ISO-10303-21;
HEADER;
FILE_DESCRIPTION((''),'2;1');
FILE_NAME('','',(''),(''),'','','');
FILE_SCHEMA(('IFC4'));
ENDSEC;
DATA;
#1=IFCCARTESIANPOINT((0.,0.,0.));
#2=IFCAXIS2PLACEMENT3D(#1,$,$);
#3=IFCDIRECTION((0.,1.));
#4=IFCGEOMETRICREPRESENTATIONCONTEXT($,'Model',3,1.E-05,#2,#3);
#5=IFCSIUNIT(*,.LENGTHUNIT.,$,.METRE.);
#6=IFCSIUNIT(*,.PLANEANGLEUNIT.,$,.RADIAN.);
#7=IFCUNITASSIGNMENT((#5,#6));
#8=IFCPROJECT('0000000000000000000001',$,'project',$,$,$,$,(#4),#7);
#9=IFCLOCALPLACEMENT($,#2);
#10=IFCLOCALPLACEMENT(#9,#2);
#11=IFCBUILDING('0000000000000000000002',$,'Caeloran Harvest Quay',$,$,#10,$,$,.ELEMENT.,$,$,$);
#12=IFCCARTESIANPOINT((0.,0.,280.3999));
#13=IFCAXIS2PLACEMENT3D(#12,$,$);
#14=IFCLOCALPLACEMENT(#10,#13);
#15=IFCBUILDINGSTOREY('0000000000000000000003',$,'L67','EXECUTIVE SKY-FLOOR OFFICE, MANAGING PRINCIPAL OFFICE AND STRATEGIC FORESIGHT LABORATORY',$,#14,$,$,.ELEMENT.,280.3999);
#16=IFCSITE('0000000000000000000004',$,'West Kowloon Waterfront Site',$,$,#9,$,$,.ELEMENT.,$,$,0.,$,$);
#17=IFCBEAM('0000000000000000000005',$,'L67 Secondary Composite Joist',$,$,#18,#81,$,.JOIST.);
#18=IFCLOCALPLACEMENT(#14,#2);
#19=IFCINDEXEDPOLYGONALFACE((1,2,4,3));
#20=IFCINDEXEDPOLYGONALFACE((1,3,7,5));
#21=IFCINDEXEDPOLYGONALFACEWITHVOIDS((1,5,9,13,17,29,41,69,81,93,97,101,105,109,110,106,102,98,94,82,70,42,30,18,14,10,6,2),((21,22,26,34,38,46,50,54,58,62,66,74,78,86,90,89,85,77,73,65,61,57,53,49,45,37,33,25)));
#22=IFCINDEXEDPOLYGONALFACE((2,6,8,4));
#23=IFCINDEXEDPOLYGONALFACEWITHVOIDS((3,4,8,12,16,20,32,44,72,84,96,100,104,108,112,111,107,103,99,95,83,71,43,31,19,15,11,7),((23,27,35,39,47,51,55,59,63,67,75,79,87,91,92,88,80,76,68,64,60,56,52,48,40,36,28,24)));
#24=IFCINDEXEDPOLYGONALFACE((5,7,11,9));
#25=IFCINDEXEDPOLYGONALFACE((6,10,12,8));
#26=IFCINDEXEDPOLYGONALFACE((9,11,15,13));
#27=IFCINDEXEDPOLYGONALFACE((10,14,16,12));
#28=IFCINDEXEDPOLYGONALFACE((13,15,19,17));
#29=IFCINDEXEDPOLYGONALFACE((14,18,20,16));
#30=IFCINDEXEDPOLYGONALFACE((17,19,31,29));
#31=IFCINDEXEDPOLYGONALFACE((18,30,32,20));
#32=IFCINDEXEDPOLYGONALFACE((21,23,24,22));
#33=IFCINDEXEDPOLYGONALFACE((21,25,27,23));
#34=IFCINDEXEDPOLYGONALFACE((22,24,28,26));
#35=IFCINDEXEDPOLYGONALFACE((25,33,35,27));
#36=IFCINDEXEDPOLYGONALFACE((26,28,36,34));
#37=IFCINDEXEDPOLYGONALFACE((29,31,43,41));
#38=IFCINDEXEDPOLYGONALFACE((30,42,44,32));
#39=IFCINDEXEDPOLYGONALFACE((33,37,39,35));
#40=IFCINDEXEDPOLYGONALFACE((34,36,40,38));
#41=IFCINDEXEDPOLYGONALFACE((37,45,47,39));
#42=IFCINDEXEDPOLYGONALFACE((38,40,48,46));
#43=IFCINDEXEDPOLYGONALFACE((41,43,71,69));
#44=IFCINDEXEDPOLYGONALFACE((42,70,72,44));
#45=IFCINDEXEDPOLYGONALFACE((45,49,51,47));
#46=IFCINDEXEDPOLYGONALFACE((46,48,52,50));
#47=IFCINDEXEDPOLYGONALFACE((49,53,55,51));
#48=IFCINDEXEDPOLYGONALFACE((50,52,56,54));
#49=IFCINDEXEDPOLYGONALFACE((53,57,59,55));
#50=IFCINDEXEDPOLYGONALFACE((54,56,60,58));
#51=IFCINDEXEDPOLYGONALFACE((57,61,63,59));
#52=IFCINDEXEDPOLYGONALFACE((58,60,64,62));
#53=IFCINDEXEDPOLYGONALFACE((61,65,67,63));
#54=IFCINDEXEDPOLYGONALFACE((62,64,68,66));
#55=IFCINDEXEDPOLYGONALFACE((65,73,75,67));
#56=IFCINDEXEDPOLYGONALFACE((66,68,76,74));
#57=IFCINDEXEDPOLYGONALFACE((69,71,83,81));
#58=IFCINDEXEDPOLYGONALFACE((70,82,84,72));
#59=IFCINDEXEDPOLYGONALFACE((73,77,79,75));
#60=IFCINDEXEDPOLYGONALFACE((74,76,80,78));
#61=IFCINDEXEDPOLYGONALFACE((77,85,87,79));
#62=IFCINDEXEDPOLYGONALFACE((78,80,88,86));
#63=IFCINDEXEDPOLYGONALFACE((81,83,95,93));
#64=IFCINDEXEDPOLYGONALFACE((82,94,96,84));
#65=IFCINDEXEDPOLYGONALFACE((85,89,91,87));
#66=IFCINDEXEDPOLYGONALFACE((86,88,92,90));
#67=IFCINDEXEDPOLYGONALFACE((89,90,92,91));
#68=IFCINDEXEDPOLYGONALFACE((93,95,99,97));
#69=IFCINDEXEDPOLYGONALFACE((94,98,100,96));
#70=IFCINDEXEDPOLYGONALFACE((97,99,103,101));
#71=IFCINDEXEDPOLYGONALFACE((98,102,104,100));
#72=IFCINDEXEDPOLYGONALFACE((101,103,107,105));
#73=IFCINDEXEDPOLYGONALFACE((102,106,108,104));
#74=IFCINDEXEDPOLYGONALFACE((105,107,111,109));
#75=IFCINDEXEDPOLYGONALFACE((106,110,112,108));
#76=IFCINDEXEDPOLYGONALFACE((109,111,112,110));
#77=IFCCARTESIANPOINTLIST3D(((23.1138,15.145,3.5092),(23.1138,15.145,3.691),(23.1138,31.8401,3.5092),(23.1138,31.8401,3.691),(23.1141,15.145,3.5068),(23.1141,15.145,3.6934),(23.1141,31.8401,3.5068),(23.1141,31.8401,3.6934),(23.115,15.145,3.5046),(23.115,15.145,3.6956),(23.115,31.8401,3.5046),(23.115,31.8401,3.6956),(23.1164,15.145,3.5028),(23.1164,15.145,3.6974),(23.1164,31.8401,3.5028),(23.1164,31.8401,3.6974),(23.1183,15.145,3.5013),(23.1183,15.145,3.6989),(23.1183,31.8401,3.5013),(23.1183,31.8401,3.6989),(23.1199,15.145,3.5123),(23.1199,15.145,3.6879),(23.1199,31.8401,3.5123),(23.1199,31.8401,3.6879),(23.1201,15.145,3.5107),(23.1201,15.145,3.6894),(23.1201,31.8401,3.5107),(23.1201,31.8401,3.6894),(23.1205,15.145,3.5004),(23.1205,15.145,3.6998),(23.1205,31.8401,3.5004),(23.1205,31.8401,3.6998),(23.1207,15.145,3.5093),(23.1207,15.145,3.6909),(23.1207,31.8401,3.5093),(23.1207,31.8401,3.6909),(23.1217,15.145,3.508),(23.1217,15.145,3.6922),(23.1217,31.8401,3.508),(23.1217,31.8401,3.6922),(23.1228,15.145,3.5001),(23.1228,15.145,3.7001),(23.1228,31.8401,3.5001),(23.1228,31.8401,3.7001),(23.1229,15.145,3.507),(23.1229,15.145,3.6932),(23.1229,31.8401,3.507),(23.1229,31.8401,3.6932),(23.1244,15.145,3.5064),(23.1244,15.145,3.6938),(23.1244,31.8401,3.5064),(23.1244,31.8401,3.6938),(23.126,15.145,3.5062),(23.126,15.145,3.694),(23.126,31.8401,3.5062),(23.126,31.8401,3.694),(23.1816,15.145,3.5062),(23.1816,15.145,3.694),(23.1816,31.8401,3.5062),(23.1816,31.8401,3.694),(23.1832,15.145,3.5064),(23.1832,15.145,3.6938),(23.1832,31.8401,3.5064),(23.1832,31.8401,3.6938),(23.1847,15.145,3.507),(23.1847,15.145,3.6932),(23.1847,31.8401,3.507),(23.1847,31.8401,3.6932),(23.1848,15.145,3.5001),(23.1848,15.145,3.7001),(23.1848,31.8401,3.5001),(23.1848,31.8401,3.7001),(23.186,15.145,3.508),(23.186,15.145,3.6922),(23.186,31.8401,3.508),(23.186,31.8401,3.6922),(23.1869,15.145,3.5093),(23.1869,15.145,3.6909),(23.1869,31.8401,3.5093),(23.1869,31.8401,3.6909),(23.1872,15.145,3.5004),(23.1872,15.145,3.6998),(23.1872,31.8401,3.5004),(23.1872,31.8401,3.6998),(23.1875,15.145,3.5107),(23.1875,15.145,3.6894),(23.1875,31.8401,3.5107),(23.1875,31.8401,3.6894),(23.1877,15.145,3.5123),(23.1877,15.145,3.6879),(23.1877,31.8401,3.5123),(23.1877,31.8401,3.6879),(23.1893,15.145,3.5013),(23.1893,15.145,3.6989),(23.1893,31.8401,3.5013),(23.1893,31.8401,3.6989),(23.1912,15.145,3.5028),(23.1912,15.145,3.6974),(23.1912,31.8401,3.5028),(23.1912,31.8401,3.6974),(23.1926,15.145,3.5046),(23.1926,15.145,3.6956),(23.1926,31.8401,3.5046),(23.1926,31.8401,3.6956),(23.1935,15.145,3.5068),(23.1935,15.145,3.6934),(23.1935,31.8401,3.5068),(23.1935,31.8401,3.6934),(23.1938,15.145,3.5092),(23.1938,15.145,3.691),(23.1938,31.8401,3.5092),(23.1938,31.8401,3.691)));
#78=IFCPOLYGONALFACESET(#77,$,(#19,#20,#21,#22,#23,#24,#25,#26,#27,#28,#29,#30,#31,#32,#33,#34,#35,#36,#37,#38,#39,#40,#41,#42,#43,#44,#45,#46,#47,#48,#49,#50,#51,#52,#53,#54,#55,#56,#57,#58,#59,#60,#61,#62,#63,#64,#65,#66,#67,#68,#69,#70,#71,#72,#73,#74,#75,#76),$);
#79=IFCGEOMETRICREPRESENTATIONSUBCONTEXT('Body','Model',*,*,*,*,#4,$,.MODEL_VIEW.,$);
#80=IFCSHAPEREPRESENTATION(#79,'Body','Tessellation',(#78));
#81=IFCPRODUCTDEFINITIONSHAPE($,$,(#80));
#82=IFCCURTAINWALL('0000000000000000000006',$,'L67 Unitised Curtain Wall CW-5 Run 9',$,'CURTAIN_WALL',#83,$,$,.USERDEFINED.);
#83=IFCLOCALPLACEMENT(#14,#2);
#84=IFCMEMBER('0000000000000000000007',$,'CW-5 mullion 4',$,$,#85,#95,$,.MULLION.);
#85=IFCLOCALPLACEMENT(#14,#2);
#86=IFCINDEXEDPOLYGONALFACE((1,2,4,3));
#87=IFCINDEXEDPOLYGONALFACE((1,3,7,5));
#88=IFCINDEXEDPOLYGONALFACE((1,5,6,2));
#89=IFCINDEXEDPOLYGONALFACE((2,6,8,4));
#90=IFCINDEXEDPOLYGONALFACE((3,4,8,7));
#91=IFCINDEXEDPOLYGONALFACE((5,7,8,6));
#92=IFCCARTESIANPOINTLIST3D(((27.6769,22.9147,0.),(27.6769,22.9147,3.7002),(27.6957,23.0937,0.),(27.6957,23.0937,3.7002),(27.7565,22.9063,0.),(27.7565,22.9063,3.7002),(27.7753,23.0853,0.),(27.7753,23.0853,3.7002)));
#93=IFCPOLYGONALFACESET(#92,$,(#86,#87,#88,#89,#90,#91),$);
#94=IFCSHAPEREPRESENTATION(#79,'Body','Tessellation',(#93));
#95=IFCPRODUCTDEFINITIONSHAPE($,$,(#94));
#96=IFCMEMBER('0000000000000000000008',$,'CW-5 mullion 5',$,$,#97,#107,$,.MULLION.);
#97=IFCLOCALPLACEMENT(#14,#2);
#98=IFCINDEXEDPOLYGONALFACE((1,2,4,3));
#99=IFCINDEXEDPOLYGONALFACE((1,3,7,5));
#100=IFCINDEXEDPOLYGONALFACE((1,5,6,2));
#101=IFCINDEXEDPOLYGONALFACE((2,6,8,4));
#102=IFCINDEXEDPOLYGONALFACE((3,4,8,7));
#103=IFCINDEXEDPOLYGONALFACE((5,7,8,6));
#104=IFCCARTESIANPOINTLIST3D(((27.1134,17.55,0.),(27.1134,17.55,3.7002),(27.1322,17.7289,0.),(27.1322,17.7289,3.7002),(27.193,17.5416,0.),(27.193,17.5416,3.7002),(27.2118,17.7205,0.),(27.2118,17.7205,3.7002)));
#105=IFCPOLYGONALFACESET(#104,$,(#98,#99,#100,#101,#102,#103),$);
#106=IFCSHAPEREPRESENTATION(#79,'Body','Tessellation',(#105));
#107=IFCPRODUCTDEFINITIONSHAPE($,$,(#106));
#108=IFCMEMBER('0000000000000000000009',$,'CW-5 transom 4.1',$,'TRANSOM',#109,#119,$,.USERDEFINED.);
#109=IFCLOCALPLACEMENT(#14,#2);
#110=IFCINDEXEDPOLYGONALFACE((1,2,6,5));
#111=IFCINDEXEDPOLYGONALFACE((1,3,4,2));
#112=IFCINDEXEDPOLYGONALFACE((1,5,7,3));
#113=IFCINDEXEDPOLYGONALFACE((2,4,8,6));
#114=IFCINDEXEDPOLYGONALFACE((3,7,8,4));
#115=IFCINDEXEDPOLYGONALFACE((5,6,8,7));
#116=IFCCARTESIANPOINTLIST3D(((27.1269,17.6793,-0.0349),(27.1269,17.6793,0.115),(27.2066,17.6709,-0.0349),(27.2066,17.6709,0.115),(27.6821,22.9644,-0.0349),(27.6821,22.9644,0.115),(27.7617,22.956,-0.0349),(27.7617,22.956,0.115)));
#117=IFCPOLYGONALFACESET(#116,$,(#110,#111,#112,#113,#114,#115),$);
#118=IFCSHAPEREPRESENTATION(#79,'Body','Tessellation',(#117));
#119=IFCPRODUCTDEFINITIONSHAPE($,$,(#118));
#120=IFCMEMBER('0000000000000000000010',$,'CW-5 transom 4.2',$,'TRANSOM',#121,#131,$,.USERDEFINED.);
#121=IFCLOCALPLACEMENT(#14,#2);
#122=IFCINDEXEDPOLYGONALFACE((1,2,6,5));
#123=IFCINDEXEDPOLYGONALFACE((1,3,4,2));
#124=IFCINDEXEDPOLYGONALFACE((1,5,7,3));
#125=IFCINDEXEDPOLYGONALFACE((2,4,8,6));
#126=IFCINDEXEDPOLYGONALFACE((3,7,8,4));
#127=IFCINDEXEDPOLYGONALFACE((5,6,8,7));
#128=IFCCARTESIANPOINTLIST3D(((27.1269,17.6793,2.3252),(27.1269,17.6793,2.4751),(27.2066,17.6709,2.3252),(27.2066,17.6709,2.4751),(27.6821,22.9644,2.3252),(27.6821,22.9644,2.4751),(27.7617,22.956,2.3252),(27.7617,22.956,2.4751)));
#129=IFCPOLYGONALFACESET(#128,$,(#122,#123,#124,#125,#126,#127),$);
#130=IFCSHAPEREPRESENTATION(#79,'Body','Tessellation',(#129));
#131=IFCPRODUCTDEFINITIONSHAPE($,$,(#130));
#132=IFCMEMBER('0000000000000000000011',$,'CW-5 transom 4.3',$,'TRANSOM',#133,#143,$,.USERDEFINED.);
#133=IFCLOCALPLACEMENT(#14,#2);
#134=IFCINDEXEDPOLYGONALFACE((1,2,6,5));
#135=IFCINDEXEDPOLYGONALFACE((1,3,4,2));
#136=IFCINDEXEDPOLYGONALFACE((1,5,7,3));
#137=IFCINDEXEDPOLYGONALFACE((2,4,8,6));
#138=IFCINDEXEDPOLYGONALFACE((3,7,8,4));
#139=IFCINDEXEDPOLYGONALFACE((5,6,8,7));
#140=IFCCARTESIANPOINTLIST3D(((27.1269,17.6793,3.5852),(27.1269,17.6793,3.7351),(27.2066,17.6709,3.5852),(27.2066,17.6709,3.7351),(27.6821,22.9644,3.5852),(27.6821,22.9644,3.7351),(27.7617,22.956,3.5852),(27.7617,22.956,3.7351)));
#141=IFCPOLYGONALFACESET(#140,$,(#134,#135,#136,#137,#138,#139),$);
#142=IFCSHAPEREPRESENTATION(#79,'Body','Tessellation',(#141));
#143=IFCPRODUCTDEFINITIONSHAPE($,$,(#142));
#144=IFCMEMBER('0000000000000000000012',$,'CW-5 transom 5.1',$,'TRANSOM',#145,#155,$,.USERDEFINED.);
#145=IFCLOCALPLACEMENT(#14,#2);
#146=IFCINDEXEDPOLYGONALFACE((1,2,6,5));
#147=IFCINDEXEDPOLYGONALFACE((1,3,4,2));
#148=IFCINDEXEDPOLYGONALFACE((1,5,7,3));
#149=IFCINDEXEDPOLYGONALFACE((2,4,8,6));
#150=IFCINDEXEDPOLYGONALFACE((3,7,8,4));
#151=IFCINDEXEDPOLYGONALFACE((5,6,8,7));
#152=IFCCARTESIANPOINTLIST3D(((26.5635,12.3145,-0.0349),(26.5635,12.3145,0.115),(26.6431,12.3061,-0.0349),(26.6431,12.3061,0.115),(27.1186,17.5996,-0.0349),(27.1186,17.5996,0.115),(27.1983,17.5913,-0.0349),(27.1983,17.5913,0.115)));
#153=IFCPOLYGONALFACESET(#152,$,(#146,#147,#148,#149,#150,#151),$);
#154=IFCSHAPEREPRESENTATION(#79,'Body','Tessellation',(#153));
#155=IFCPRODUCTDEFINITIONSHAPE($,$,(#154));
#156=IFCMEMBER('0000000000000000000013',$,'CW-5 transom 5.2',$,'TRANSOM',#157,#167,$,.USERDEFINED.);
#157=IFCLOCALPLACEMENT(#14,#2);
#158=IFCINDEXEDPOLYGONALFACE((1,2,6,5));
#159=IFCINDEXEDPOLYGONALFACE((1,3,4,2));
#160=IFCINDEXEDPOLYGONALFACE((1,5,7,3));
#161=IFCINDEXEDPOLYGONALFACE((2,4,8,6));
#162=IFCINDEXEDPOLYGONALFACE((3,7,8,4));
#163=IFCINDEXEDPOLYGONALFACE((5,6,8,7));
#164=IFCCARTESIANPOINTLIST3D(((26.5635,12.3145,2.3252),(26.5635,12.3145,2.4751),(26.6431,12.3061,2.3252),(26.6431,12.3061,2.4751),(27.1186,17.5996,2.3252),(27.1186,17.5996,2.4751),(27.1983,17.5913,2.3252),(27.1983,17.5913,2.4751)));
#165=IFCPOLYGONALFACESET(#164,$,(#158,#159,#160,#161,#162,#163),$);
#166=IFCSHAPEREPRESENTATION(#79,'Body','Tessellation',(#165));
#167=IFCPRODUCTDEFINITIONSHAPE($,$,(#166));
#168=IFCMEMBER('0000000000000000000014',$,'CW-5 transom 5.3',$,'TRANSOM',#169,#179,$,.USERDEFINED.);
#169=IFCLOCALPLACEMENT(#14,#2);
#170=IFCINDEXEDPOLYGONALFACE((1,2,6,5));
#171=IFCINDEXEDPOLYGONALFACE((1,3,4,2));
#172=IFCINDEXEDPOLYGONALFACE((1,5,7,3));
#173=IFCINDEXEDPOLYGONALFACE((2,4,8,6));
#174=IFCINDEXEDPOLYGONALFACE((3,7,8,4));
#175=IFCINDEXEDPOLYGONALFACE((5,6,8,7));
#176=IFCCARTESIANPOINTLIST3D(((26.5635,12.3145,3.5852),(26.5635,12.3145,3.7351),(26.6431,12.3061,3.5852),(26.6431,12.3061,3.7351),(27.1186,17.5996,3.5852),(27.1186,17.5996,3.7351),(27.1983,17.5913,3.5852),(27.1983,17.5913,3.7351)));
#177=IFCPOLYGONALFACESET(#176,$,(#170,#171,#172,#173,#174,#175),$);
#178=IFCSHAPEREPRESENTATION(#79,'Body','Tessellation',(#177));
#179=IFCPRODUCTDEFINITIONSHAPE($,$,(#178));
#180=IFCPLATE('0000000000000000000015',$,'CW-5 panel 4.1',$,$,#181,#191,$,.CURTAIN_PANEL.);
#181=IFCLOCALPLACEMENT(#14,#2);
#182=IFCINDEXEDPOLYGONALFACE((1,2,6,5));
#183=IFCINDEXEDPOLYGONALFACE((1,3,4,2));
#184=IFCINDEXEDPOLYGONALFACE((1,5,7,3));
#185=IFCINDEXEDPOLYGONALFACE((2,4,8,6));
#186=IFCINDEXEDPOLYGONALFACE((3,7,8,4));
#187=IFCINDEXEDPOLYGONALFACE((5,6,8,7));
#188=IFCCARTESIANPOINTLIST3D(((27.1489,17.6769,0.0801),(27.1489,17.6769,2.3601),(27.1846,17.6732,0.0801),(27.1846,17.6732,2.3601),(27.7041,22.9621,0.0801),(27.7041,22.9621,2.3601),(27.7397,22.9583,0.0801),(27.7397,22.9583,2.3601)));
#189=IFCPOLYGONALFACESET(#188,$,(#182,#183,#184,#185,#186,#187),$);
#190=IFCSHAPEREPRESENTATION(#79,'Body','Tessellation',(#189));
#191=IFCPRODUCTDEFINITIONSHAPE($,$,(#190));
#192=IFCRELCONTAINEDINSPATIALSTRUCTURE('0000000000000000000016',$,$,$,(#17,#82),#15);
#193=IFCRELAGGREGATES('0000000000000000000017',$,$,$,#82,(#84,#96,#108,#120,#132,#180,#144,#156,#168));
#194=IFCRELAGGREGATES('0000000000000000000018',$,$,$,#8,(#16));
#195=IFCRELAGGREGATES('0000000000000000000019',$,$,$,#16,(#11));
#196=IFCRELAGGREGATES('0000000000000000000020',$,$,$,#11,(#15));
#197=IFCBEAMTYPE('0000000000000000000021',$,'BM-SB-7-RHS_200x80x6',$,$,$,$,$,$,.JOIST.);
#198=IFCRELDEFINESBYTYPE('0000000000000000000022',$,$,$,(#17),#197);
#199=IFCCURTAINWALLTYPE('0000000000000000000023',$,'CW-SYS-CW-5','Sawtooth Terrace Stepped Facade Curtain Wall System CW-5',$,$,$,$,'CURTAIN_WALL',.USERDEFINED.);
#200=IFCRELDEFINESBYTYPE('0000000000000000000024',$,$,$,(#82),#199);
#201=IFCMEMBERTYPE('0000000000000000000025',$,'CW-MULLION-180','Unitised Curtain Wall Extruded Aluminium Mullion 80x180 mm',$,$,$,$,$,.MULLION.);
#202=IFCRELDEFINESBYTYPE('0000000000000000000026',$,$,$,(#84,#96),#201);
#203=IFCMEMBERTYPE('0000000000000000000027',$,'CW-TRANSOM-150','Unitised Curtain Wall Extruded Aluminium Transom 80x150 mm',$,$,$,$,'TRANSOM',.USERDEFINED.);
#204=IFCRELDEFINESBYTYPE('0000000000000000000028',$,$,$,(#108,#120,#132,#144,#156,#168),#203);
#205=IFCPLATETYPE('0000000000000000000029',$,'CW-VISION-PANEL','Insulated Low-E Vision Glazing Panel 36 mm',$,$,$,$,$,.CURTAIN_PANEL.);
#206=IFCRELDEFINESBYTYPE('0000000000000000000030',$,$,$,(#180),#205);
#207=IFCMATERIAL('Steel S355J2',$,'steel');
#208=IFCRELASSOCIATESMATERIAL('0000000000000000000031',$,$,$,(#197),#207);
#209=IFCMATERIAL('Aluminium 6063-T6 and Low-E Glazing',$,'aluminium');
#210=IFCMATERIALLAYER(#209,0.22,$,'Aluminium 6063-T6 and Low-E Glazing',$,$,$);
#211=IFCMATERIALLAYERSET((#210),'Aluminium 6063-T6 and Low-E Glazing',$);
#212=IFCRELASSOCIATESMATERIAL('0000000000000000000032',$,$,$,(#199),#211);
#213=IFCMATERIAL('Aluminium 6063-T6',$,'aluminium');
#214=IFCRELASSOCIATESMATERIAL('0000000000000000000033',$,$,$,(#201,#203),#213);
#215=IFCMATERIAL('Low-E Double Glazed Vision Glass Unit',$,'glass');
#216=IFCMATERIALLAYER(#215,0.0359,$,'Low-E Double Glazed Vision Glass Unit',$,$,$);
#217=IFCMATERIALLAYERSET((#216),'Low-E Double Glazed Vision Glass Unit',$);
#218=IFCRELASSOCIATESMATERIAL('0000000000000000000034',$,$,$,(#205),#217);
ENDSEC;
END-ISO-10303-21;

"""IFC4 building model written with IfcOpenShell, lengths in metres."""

from ifc_helpers import new_model, si_unit, direction, frame, origin, origin_2d, place, context, subcontext, project, spatial, rectangle, hollow_rectangle, extrude, material, layer, layer_set, material_profile, profile_set, type_object, element, aggregate, save


model = new_model("IFC4")

# Units and contexts
model_context = context("Model", 3, precision=1e-05, world=origin(), true_north=direction((0.0, 1.0)))
body_context = subcontext(model_context, "Body", "Model", "MODEL_VIEW")
ifc_project = project(units=[si_unit("LENGTHUNIT", "METRE"), si_unit("PLANEANGLEUNIT", "RADIAN")], contexts=[model_context])

# Site, building, storey
site_placement = place(None, origin())
site = spatial("IfcSite", under=ifc_project, at=site_placement, Name="West Kowloon Waterfront Site", CompositionType="ELEMENT", RefElevation=0.0)
building_placement = place(site_placement, origin())
building = spatial("IfcBuilding", under=site, at=building_placement, Name="Caeloran Harvest Quay", CompositionType="ELEMENT")
storey_placement = place(building_placement, frame((0.0, 0.0, 280.3999)))
storey = spatial("IfcBuildingStorey", under=building, at=storey_placement, Name="L67", Description="EXECUTIVE SKY-FLOOR OFFICE, MANAGING PRINCIPAL OFFICE AND STRATEGIC FORESIGHT LABORATORY", CompositionType="ELEMENT", Elevation=280.3999)

# Beam
ifc_material_1 = material(Name="Steel S355J2", Category="steel")
ifc_material_profile_1 = material_profile(ifc_material_1, hollow_rectangle(XDim=0.0801, YDim=0.2, WallThickness=0.0061, InnerFilletRadius=0.0061, OuterFilletRadius=0.009, at=origin_2d()), Name="RHS 200x80x6")
ifc_profile_set_1 = profile_set([ifc_material_profile_1], Name="Steel S355J2")
beam_type_1 = type_object("IfcBeamType", Name="BM-SB-7-RHS_200x80x6", PredefinedType="JOIST", material=ifc_profile_set_1)
for number, where, z_axis, x_axis, name in (
    (1, (23.1538, 15.145, 3.6001), (0.0, 1.0, 0.0), (-1.0, 0.0, 0.0), "L67 Secondary Composite Joist"),
):
    element("IfcBeam", number, at=place(storey_placement, frame(where, z_axis=z_axis, x_axis=x_axis)), inside=storey, type_object=beam_type_1, Name=name, PredefinedType="JOIST", context=body_context, shape_type="SweptSolid", body=[
        extrude(hollow_rectangle(XDim=0.0801, YDim=0.2, WallThickness=0.0061, InnerFilletRadius=0.0061, OuterFilletRadius=0.009, at=origin_2d()), origin(), (0.0, 0.0, 1.0), 16.6951),
    ])

# Curtain wall, members, plate
ifc_material_2 = material(Name="Aluminium 6063-T6 and Low-E Glazing", Category="aluminium")
ifc_layer_1 = layer(ifc_material_2, 0.22, Name="Aluminium 6063-T6 and Low-E Glazing")
ifc_layer_set_1 = layer_set([ifc_layer_1], Name="Aluminium 6063-T6 and Low-E Glazing")
curtain_wall_type = type_object("IfcCurtainWallType", Name="CW-SYS-CW-5", Description="Sawtooth Terrace Stepped Facade Curtain Wall System CW-5", ElementType="CURTAIN_WALL", PredefinedType="USERDEFINED", material=ifc_layer_set_1)
curtain_wall_placement = place(storey_placement, origin())
curtain_wall = element("IfcCurtainWall", 2, at=curtain_wall_placement, inside=storey, type_object=curtain_wall_type, Name="L67 Unitised Curtain Wall CW-5 Run 9", ObjectType="CURTAIN_WALL", PredefinedType="USERDEFINED")
ifc_material_3 = material(Name="Aluminium 6063-T6", Category="aluminium")
ifc_material_profile_2 = material_profile(ifc_material_3, rectangle(XDim=0.0801, YDim=0.1799, at=origin_2d()), Name="CW-MULLION-180")
ifc_profile_set_2 = profile_set([ifc_material_profile_2], Name="Aluminium 6063-T6")
member_type_1 = type_object("IfcMemberType", Name="CW-MULLION-180", Description="Unitised Curtain Wall Extruded Aluminium Mullion 80x180 mm", PredefinedType="MULLION", material=ifc_profile_set_2)
member_1_placement = place(storey_placement, frame((27.7261, 23.0, 0.0), z_axis=(0.0, 0.0, 1.0), x_axis=(0.994529, -0.10446, 0.0)))
member_1 = element("IfcMember", 3, at=member_1_placement, type_object=member_type_1, Name="CW-5 mullion 4", PredefinedType="MULLION", context=body_context, shape_type="SweptSolid", body=[
    extrude(rectangle(XDim=0.0801, YDim=0.1799, at=origin_2d()), origin(), (0.0, 0.0, 1.0), 3.7002),
])
member_2_placement = place(storey_placement, frame((27.1626, 17.6353, 0.0), z_axis=(0.0, 0.0, 1.0), x_axis=(0.994529, -0.10446, 0.0)))
member_2 = element("IfcMember", 4, at=member_2_placement, type_object=member_type_1, Name="CW-5 mullion 5", PredefinedType="MULLION", context=body_context, shape_type="SweptSolid", body=[
    extrude(rectangle(XDim=0.0801, YDim=0.1799, at=origin_2d()), origin(), (0.0, 0.0, 1.0), 3.7002),
])
ifc_material_profile_3 = material_profile(ifc_material_3, rectangle(XDim=0.0801, YDim=0.1499, at=origin_2d()), Name="CW-TRANSOM-150")
ifc_profile_set_3 = profile_set([ifc_material_profile_3], Name="Aluminium 6063-T6")
member_type_2 = type_object("IfcMemberType", Name="CW-TRANSOM-150", Description="Unitised Curtain Wall Extruded Aluminium Transom 80x150 mm", ElementType="TRANSOM", PredefinedType="USERDEFINED", material=ifc_profile_set_3)
member_3_placement = place(storey_placement, frame((27.7219, 22.9602, 0.04), z_axis=(-0.10447, -0.994528, 0.0), x_axis=(0.994528, -0.10447, 0.0)))
member_3 = element("IfcMember", 5, at=member_3_placement, type_object=member_type_2, Name="CW-5 transom 4.1", ObjectType="TRANSOM", PredefinedType="USERDEFINED", context=body_context, shape_type="SweptSolid", body=[
    extrude(rectangle(XDim=0.0801, YDim=0.1499, at=origin_2d()), origin(), (0.0, 0.0, 1.0), 5.3142),
])
member_4_placement = place(storey_placement, frame((27.7219, 22.9602, 2.4001), z_axis=(-0.10447, -0.994528, 0.0), x_axis=(0.994528, -0.10447, 0.0)))
member_4 = element("IfcMember", 6, at=member_4_placement, type_object=member_type_2, Name="CW-5 transom 4.2", ObjectType="TRANSOM", PredefinedType="USERDEFINED", context=body_context, shape_type="SweptSolid", body=[
    extrude(rectangle(XDim=0.0801, YDim=0.1499, at=origin_2d()), origin(), (0.0, 0.0, 1.0), 5.3142),
])
member_5_placement = place(storey_placement, frame((27.7219, 22.9602, 3.6602), z_axis=(-0.10447, -0.994528, 0.0), x_axis=(0.994528, -0.10447, 0.0)))
member_5 = element("IfcMember", 7, at=member_5_placement, type_object=member_type_2, Name="CW-5 transom 4.3", ObjectType="TRANSOM", PredefinedType="USERDEFINED", context=body_context, shape_type="SweptSolid", body=[
    extrude(rectangle(XDim=0.0801, YDim=0.1499, at=origin_2d()), origin(), (0.0, 0.0, 1.0), 5.3142),
])
member_6_placement = place(storey_placement, frame((27.1584, 17.5955, 0.04), z_axis=(-0.10447, -0.994528, 0.0), x_axis=(0.994528, -0.10447, 0.0)))
member_6 = element("IfcMember", 8, at=member_6_placement, type_object=member_type_2, Name="CW-5 transom 5.1", ObjectType="TRANSOM", PredefinedType="USERDEFINED", context=body_context, shape_type="SweptSolid", body=[
    extrude(rectangle(XDim=0.0801, YDim=0.1499, at=origin_2d()), origin(), (0.0, 0.0, 1.0), 5.3142),
])
member_7_placement = place(storey_placement, frame((27.1584, 17.5955, 2.4001), z_axis=(-0.10447, -0.994528, 0.0), x_axis=(0.994528, -0.10447, 0.0)))
member_7 = element("IfcMember", 9, at=member_7_placement, type_object=member_type_2, Name="CW-5 transom 5.2", ObjectType="TRANSOM", PredefinedType="USERDEFINED", context=body_context, shape_type="SweptSolid", body=[
    extrude(rectangle(XDim=0.0801, YDim=0.1499, at=origin_2d()), origin(), (0.0, 0.0, 1.0), 5.3142),
])
member_8_placement = place(storey_placement, frame((27.1584, 17.5955, 3.6602), z_axis=(-0.10447, -0.994528, 0.0), x_axis=(0.994528, -0.10447, 0.0)))
member_8 = element("IfcMember", 10, at=member_8_placement, type_object=member_type_2, Name="CW-5 transom 5.3", ObjectType="TRANSOM", PredefinedType="USERDEFINED", context=body_context, shape_type="SweptSolid", body=[
    extrude(rectangle(XDim=0.0801, YDim=0.1499, at=origin_2d()), origin(), (0.0, 0.0, 1.0), 5.3142),
])
ifc_material_4 = material(Name="Low-E Double Glazed Vision Glass Unit", Category="glass")
ifc_layer_2 = layer(ifc_material_4, 0.0359, Name="Low-E Double Glazed Vision Glass Unit")
ifc_layer_set_2 = layer_set([ifc_layer_2], Name="Low-E Double Glazed Vision Glass Unit")
plate_type = type_object("IfcPlateType", Name="CW-VISION-PANEL", Description="Insulated Low-E Vision Glazing Panel 36 mm", PredefinedType="CURTAIN_PANEL", material=ifc_layer_set_2)
plate_1_placement = place(storey_placement, frame((27.4443, 20.3176, 0.0801), z_axis=(0.0, 0.0, 1.0), x_axis=(-0.10446, -0.994529, 0.0)))
plate_1 = element("IfcPlate", 11, at=plate_1_placement, type_object=plate_type, Name="CW-5 panel 4.1", PredefinedType="CURTAIN_PANEL", context=body_context, shape_type="SweptSolid", body=[
    extrude(rectangle(XDim=5.3142, YDim=0.0359, at=origin_2d()), origin(), (0.0, 0.0, 1.0), 2.28),
])
aggregate(curtain_wall, [member_1, member_2, member_3, member_4, member_5, plate_1, member_6, member_7, member_8])

save(model, "model.ifc")
